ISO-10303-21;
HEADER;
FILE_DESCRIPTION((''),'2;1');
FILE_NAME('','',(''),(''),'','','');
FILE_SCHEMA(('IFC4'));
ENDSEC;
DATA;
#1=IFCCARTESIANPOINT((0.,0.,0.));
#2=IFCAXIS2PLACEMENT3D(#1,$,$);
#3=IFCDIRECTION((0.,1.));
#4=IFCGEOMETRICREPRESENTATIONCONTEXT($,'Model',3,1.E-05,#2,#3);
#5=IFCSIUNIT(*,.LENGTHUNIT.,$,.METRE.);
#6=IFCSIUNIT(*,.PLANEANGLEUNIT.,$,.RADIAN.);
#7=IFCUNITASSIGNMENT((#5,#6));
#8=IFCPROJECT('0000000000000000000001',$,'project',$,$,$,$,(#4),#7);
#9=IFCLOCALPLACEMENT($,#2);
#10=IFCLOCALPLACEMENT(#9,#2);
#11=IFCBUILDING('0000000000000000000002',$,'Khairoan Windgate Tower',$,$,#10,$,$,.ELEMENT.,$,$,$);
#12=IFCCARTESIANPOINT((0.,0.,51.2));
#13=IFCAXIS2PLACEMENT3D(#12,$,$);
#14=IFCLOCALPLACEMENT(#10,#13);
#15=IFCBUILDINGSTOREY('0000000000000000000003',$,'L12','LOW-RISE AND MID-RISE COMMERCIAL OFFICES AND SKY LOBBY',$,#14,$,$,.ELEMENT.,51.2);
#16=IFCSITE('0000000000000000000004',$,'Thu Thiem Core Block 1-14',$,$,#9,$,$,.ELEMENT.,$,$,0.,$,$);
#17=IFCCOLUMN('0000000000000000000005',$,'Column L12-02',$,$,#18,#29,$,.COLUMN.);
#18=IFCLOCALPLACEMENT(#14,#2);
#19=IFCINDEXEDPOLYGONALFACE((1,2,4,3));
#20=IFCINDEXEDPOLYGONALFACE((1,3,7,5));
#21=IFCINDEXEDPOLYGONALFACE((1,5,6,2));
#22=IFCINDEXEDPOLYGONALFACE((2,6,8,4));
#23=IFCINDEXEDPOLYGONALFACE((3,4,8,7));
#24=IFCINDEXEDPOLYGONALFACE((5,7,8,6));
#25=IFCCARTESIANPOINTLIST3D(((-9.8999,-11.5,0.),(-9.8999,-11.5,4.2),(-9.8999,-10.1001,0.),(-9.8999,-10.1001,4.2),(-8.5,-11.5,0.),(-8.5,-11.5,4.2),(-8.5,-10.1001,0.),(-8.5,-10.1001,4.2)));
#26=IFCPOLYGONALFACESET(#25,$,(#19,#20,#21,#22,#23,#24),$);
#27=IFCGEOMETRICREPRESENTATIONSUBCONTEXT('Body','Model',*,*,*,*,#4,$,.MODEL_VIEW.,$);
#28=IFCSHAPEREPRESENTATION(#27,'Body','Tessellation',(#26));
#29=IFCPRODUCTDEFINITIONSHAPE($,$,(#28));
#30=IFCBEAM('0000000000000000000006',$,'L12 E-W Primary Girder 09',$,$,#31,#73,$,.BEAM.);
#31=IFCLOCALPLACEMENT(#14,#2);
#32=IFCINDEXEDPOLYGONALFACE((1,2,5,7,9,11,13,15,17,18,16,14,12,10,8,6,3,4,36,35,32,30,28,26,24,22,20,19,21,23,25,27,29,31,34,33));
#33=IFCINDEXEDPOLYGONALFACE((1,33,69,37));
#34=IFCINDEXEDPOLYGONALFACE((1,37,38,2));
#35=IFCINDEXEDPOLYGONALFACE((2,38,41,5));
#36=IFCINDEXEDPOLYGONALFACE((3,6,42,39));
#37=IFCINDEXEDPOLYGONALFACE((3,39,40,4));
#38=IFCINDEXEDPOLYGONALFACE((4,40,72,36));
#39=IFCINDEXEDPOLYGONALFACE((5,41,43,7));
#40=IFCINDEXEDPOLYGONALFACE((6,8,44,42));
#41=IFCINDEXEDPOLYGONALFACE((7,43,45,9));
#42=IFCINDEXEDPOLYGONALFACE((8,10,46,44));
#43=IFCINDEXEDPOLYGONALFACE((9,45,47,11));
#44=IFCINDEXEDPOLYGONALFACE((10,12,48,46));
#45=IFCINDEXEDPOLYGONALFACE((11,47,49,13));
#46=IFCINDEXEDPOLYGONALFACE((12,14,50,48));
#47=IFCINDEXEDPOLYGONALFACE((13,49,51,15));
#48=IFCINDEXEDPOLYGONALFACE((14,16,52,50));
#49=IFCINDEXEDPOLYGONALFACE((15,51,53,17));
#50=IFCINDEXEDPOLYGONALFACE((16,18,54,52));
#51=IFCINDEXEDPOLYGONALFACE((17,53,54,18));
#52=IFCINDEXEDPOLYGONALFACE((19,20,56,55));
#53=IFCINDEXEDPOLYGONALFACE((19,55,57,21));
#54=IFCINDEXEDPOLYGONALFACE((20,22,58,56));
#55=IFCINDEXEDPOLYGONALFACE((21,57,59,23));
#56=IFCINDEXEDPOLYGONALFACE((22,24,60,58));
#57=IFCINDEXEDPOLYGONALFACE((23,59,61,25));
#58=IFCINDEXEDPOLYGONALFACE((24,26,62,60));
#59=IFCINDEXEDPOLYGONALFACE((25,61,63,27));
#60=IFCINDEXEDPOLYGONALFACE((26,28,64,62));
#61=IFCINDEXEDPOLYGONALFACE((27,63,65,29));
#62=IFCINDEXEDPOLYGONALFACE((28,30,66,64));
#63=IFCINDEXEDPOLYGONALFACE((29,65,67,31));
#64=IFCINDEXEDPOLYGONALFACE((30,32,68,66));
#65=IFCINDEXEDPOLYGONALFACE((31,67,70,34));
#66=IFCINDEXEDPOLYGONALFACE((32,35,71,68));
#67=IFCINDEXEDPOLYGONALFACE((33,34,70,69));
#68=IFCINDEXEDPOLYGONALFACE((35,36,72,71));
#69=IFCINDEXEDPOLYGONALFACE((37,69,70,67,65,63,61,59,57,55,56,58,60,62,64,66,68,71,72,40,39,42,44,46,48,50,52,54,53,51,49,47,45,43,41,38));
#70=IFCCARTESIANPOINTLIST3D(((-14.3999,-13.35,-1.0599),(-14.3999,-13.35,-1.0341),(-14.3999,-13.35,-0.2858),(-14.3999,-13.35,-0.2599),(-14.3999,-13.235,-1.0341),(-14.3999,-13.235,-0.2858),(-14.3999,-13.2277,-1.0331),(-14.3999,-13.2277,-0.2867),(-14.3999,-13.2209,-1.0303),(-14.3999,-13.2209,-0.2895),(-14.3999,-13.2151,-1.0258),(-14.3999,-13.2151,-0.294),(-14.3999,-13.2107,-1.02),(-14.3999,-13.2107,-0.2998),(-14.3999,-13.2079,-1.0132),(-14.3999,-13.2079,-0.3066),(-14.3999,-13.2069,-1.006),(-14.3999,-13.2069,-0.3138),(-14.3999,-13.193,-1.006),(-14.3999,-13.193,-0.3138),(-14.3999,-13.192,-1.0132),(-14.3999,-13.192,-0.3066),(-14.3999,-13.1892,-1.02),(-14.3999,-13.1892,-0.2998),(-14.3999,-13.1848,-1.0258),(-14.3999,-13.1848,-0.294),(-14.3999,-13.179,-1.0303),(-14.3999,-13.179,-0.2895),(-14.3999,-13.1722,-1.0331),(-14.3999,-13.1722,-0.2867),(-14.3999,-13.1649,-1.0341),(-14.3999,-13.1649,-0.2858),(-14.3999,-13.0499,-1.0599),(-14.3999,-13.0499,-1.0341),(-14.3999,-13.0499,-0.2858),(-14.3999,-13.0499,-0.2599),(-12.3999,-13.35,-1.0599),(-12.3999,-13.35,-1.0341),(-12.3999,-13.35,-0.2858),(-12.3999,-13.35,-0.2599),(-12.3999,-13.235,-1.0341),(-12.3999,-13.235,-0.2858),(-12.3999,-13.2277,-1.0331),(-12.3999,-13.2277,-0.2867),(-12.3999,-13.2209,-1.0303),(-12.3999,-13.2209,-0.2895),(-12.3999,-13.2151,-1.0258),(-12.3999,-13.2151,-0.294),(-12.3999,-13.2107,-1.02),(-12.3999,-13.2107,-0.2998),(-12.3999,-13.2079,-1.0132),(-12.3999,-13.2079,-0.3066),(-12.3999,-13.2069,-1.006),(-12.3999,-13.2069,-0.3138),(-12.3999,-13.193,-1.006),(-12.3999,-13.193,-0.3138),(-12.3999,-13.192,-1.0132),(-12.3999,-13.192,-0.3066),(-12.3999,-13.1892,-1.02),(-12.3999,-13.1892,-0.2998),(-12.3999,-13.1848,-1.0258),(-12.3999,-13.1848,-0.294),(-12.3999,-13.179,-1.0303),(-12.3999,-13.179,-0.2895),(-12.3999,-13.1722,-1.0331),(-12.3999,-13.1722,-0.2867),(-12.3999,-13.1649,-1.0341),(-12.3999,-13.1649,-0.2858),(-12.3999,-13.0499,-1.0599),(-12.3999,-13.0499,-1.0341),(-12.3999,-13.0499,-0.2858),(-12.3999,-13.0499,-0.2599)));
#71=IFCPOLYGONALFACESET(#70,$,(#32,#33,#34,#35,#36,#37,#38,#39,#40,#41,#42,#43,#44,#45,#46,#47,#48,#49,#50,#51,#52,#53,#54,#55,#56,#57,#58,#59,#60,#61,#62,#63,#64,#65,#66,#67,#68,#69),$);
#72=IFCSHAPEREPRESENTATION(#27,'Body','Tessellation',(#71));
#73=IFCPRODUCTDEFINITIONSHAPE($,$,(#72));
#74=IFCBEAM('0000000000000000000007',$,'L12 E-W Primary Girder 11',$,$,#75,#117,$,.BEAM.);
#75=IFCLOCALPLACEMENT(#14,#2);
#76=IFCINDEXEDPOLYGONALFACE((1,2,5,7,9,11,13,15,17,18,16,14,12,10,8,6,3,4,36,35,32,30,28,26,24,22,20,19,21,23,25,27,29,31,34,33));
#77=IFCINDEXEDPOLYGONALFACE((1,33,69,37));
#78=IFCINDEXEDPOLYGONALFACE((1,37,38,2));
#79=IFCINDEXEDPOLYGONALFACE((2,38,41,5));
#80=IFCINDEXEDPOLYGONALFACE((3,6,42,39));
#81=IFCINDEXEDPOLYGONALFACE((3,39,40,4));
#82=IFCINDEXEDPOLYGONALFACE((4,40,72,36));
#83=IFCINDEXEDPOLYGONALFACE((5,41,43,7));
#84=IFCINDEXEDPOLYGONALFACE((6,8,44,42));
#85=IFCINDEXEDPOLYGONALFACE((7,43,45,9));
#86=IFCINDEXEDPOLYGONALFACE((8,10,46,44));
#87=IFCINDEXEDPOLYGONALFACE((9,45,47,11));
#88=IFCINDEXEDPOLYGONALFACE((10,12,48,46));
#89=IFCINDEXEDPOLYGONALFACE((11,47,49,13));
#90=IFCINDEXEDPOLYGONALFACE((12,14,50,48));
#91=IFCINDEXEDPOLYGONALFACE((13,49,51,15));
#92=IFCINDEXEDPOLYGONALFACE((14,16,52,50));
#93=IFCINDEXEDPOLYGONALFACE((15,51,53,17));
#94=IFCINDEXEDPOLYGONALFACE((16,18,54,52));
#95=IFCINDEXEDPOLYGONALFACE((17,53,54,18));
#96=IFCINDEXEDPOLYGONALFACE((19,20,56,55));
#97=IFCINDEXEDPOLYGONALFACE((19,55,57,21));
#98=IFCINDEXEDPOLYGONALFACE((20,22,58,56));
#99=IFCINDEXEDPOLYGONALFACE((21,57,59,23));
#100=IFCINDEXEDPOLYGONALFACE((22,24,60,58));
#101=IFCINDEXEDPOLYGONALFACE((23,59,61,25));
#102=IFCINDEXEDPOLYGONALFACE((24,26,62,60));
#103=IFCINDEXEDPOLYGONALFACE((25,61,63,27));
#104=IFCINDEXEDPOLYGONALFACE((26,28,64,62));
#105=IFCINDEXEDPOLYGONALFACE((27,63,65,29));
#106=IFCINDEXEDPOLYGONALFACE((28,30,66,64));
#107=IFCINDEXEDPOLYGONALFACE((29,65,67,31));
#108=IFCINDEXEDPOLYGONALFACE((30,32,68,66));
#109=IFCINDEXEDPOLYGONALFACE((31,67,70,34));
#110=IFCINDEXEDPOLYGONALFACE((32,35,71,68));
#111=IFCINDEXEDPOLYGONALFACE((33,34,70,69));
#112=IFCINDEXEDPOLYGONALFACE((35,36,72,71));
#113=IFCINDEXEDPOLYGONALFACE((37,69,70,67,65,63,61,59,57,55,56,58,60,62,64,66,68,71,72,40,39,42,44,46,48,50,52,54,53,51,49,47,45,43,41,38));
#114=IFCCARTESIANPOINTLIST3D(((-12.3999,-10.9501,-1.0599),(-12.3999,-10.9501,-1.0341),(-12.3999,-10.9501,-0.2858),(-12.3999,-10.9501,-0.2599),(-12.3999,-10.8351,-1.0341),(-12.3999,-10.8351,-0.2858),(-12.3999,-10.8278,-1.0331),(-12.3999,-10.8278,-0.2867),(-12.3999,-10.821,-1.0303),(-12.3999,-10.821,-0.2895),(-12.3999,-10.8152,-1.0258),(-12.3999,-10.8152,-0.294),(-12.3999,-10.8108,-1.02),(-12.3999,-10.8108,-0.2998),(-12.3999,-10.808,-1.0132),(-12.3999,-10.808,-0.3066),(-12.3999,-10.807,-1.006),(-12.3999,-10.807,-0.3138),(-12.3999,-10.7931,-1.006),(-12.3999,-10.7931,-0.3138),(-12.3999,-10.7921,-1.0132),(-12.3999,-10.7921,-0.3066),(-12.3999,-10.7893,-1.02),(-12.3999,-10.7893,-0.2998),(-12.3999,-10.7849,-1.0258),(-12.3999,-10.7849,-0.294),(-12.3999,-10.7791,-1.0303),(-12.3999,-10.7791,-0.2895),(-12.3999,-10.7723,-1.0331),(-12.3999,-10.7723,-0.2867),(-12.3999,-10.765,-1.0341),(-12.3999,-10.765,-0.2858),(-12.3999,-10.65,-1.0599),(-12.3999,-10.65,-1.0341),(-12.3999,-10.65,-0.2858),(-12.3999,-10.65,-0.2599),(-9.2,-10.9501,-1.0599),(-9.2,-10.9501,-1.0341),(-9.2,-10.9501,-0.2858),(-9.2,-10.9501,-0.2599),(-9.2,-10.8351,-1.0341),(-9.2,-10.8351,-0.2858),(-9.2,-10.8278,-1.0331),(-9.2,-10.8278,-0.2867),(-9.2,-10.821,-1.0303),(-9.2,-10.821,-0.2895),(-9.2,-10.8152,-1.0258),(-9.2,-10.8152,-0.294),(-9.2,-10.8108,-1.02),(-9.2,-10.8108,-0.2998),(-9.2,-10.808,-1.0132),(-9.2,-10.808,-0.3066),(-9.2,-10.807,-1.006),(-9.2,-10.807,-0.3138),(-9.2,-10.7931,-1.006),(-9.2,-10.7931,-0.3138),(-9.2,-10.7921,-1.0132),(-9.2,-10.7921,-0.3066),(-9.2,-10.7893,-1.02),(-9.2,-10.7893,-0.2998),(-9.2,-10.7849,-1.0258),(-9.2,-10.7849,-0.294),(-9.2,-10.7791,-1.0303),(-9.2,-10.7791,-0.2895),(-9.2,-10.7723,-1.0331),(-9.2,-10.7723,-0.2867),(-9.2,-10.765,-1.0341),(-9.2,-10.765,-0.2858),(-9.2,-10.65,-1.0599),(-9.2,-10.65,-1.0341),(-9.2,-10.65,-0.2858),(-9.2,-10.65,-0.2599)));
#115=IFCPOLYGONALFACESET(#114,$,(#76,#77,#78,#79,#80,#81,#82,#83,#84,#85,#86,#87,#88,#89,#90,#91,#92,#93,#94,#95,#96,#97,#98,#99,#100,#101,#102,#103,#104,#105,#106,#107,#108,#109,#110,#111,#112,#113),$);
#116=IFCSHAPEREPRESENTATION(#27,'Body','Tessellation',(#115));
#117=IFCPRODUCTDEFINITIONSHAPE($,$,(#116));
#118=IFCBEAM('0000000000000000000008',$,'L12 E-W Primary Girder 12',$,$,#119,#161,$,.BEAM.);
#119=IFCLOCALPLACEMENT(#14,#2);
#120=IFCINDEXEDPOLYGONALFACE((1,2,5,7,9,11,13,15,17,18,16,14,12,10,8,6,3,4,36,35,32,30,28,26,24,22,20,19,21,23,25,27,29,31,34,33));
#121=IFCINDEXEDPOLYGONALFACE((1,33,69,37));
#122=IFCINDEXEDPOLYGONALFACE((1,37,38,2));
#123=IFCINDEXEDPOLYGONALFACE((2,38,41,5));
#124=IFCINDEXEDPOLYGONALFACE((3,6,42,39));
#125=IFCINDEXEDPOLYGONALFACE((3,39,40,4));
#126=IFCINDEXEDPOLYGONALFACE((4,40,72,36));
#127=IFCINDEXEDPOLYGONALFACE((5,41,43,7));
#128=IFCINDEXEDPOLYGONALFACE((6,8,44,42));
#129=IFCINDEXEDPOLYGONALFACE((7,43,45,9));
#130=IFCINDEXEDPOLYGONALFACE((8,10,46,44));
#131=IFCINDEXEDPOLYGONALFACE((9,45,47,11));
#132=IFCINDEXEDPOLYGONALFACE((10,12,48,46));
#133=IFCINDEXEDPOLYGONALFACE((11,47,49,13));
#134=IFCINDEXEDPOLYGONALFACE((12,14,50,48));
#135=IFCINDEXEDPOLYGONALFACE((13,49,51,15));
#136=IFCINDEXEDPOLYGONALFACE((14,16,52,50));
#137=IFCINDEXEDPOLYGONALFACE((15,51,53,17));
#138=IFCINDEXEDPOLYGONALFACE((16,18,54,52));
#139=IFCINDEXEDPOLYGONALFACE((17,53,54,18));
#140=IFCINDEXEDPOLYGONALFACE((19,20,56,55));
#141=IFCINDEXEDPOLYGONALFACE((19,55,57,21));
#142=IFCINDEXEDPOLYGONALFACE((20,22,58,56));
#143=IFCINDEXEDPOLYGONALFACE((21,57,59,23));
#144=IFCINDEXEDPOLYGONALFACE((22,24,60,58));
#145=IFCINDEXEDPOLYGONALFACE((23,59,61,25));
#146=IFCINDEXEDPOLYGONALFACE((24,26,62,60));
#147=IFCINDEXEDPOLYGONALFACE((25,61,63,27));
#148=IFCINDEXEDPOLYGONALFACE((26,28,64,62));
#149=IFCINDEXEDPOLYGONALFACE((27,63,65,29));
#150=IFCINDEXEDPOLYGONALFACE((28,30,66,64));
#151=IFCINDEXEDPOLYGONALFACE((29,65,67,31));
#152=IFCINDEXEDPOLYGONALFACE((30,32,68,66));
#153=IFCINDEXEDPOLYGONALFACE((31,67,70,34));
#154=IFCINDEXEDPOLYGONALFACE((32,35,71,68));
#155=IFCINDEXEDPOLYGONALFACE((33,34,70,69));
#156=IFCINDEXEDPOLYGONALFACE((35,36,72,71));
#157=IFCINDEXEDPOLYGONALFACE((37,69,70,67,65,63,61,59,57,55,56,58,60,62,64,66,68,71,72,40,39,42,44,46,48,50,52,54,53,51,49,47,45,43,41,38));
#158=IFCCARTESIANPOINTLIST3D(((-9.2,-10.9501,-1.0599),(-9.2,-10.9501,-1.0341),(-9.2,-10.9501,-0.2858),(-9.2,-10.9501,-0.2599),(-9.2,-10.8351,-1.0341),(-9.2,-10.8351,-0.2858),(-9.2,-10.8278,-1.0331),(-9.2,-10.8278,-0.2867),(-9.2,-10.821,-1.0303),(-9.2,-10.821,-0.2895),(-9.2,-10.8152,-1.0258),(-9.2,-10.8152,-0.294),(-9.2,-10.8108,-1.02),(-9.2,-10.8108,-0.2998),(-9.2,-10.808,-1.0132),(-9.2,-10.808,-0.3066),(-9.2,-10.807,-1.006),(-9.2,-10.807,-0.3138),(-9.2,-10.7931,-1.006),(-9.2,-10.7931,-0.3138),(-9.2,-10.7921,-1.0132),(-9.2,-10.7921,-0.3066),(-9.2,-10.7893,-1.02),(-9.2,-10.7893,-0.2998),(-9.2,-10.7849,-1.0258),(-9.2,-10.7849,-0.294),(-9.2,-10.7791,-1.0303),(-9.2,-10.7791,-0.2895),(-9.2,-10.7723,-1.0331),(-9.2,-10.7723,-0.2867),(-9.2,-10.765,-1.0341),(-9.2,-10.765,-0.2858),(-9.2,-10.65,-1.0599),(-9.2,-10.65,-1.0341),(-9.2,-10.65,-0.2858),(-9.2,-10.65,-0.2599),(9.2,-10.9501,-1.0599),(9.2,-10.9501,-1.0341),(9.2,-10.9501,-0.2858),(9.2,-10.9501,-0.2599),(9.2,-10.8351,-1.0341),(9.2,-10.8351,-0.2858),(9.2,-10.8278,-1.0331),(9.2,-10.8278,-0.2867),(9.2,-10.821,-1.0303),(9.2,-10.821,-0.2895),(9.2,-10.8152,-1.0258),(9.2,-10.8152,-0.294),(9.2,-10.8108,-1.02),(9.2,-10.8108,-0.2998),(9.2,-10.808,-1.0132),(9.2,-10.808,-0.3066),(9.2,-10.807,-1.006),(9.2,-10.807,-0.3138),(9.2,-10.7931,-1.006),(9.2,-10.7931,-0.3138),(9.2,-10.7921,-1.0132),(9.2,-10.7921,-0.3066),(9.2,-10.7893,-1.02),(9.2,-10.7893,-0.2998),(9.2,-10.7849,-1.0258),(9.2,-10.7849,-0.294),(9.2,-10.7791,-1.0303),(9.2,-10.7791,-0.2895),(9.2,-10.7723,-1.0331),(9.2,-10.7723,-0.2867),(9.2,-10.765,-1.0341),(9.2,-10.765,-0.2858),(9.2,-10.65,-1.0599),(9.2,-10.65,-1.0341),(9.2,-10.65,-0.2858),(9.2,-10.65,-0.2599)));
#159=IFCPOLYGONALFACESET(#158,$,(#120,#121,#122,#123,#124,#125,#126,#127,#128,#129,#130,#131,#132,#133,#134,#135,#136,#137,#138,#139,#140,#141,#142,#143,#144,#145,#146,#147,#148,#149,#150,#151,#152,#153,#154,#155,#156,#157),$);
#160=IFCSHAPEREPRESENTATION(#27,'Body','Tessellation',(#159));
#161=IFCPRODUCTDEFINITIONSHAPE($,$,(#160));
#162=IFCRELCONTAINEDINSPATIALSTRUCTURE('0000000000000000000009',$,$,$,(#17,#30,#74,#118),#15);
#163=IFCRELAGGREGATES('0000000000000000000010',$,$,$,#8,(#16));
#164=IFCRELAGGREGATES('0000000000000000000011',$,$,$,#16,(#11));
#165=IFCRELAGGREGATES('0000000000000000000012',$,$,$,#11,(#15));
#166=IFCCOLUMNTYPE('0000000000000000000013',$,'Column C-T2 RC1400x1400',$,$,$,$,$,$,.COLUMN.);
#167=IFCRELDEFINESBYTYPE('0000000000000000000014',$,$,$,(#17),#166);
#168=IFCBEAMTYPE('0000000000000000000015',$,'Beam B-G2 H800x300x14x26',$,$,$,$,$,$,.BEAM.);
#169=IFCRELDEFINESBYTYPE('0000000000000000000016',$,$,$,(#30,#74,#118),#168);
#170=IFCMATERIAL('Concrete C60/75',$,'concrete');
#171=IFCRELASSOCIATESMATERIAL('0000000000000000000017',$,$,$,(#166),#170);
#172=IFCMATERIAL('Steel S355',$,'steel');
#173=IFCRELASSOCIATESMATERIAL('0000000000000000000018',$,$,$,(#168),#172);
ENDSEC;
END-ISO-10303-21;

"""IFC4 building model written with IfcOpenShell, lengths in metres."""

from ifc_helpers import new_model, si_unit, direction, frame, origin, origin_2d, place, context, subcontext, project, spatial, rectangle, i_section, extrude, material, material_profile, profile_set, type_object, element, save


model = new_model("IFC4")

# Units and contexts
model_context = context("Model", 3, precision=1e-05, world=origin(), true_north=direction((0.0, 1.0)))
body_context = subcontext(model_context, "Body", "Model", "MODEL_VIEW")
ifc_project = project(units=[si_unit("LENGTHUNIT", "METRE"), si_unit("PLANEANGLEUNIT", "RADIAN")], contexts=[model_context])

# Site, building, storey
site_placement = place(None, origin())
site = spatial("IfcSite", under=ifc_project, at=site_placement, Name="Thu Thiem Core Block 1-14", CompositionType="ELEMENT", RefElevation=0.0)
building_placement = place(site_placement, origin())
building = spatial("IfcBuilding", under=site, at=building_placement, Name="Khairoan Windgate Tower", CompositionType="ELEMENT")
storey_placement = place(building_placement, frame((0.0, 0.0, 51.2)))
storey = spatial("IfcBuildingStorey", under=building, at=storey_placement, Name="L12", Description="LOW-RISE AND MID-RISE COMMERCIAL OFFICES AND SKY LOBBY", CompositionType="ELEMENT", Elevation=51.2)

# Column
ifc_material_1 = material(Name="Concrete C60/75", Category="concrete")
ifc_material_profile_1 = material_profile(ifc_material_1, rectangle(XDim=1.3999, YDim=1.3999, at=origin_2d()))
ifc_profile_set_1 = profile_set([ifc_material_profile_1], Name="Concrete C60/75")
column_type = type_object("IfcColumnType", Name="Column C-T2 RC1400x1400", PredefinedType="COLUMN", material=ifc_profile_set_1)
column_placement = place(storey_placement, frame((-9.2, -10.8, 0.0), z_axis=(0.0, 0.0, 1.0), x_axis=(1.0, 0.0, 0.0)))
element("IfcColumn", 1, at=column_placement, inside=storey, type_object=column_type, Name="Column L12-02", PredefinedType="COLUMN", context=body_context, shape_type="SweptSolid", body=[
    extrude(rectangle(XDim=1.3999, YDim=1.3999, at=origin_2d()), origin(), (0.0, 0.0, 1.0), 4.2),
])

# Beams
ifc_material_2 = material(Name="Steel S355", Category="steel")
ifc_material_profile_2 = material_profile(ifc_material_2, i_section(OverallWidth=0.3, OverallDepth=0.8, WebThickness=0.0139, FlangeThickness=0.0259, FilletRadius=0.0281, at=origin_2d()))
ifc_profile_set_2 = profile_set([ifc_material_profile_2], Name="Steel S355")
beam_type_1 = type_object("IfcBeamType", Name="Beam B-G2 H800x300x14x26", PredefinedType="BEAM", material=ifc_profile_set_2)
beam_1_placement = place(storey_placement, frame((-14.3999, -13.2, -0.6599), z_axis=(1.0, 0.0, 0.0), x_axis=(0.0, 1.0, 0.0)))
element("IfcBeam", 2, at=beam_1_placement, inside=storey, type_object=beam_type_1, Name="L12 E-W Primary Girder 09", PredefinedType="BEAM", context=body_context, shape_type="SweptSolid", body=[
    extrude(i_section(OverallWidth=0.3, OverallDepth=0.8, WebThickness=0.0139, FlangeThickness=0.0259, FilletRadius=0.0281, at=origin_2d()), origin(), (0.0, 0.0, 1.0), 2.0),
])
beam_2_placement = place(storey_placement, frame((-12.3999, -10.8, -0.6599), z_axis=(1.0, 0.0, 0.0), x_axis=(0.0, 1.0, 0.0)))
element("IfcBeam", 3, at=beam_2_placement, inside=storey, type_object=beam_type_1, Name="L12 E-W Primary Girder 11", PredefinedType="BEAM", context=body_context, shape_type="SweptSolid", body=[
    extrude(i_section(OverallWidth=0.3, OverallDepth=0.8, WebThickness=0.0139, FlangeThickness=0.0259, FilletRadius=0.0281, at=origin_2d()), origin(), (0.0, 0.0, 1.0), 3.2),
])
beam_3_placement = place(storey_placement, frame((-9.2, -10.8, -0.6599), z_axis=(1.0, 0.0, 0.0), x_axis=(0.0, 1.0, 0.0)))
element("IfcBeam", 4, at=beam_3_placement, inside=storey, type_object=beam_type_1, Name="L12 E-W Primary Girder 12", PredefinedType="BEAM", context=body_context, shape_type="SweptSolid", body=[
    extrude(i_section(OverallWidth=0.3, OverallDepth=0.8, WebThickness=0.0139, FlangeThickness=0.0259, FilletRadius=0.0281, at=origin_2d()), origin(), (0.0, 0.0, 1.0), 18.3999),
])

save(model, "model.ifc")
